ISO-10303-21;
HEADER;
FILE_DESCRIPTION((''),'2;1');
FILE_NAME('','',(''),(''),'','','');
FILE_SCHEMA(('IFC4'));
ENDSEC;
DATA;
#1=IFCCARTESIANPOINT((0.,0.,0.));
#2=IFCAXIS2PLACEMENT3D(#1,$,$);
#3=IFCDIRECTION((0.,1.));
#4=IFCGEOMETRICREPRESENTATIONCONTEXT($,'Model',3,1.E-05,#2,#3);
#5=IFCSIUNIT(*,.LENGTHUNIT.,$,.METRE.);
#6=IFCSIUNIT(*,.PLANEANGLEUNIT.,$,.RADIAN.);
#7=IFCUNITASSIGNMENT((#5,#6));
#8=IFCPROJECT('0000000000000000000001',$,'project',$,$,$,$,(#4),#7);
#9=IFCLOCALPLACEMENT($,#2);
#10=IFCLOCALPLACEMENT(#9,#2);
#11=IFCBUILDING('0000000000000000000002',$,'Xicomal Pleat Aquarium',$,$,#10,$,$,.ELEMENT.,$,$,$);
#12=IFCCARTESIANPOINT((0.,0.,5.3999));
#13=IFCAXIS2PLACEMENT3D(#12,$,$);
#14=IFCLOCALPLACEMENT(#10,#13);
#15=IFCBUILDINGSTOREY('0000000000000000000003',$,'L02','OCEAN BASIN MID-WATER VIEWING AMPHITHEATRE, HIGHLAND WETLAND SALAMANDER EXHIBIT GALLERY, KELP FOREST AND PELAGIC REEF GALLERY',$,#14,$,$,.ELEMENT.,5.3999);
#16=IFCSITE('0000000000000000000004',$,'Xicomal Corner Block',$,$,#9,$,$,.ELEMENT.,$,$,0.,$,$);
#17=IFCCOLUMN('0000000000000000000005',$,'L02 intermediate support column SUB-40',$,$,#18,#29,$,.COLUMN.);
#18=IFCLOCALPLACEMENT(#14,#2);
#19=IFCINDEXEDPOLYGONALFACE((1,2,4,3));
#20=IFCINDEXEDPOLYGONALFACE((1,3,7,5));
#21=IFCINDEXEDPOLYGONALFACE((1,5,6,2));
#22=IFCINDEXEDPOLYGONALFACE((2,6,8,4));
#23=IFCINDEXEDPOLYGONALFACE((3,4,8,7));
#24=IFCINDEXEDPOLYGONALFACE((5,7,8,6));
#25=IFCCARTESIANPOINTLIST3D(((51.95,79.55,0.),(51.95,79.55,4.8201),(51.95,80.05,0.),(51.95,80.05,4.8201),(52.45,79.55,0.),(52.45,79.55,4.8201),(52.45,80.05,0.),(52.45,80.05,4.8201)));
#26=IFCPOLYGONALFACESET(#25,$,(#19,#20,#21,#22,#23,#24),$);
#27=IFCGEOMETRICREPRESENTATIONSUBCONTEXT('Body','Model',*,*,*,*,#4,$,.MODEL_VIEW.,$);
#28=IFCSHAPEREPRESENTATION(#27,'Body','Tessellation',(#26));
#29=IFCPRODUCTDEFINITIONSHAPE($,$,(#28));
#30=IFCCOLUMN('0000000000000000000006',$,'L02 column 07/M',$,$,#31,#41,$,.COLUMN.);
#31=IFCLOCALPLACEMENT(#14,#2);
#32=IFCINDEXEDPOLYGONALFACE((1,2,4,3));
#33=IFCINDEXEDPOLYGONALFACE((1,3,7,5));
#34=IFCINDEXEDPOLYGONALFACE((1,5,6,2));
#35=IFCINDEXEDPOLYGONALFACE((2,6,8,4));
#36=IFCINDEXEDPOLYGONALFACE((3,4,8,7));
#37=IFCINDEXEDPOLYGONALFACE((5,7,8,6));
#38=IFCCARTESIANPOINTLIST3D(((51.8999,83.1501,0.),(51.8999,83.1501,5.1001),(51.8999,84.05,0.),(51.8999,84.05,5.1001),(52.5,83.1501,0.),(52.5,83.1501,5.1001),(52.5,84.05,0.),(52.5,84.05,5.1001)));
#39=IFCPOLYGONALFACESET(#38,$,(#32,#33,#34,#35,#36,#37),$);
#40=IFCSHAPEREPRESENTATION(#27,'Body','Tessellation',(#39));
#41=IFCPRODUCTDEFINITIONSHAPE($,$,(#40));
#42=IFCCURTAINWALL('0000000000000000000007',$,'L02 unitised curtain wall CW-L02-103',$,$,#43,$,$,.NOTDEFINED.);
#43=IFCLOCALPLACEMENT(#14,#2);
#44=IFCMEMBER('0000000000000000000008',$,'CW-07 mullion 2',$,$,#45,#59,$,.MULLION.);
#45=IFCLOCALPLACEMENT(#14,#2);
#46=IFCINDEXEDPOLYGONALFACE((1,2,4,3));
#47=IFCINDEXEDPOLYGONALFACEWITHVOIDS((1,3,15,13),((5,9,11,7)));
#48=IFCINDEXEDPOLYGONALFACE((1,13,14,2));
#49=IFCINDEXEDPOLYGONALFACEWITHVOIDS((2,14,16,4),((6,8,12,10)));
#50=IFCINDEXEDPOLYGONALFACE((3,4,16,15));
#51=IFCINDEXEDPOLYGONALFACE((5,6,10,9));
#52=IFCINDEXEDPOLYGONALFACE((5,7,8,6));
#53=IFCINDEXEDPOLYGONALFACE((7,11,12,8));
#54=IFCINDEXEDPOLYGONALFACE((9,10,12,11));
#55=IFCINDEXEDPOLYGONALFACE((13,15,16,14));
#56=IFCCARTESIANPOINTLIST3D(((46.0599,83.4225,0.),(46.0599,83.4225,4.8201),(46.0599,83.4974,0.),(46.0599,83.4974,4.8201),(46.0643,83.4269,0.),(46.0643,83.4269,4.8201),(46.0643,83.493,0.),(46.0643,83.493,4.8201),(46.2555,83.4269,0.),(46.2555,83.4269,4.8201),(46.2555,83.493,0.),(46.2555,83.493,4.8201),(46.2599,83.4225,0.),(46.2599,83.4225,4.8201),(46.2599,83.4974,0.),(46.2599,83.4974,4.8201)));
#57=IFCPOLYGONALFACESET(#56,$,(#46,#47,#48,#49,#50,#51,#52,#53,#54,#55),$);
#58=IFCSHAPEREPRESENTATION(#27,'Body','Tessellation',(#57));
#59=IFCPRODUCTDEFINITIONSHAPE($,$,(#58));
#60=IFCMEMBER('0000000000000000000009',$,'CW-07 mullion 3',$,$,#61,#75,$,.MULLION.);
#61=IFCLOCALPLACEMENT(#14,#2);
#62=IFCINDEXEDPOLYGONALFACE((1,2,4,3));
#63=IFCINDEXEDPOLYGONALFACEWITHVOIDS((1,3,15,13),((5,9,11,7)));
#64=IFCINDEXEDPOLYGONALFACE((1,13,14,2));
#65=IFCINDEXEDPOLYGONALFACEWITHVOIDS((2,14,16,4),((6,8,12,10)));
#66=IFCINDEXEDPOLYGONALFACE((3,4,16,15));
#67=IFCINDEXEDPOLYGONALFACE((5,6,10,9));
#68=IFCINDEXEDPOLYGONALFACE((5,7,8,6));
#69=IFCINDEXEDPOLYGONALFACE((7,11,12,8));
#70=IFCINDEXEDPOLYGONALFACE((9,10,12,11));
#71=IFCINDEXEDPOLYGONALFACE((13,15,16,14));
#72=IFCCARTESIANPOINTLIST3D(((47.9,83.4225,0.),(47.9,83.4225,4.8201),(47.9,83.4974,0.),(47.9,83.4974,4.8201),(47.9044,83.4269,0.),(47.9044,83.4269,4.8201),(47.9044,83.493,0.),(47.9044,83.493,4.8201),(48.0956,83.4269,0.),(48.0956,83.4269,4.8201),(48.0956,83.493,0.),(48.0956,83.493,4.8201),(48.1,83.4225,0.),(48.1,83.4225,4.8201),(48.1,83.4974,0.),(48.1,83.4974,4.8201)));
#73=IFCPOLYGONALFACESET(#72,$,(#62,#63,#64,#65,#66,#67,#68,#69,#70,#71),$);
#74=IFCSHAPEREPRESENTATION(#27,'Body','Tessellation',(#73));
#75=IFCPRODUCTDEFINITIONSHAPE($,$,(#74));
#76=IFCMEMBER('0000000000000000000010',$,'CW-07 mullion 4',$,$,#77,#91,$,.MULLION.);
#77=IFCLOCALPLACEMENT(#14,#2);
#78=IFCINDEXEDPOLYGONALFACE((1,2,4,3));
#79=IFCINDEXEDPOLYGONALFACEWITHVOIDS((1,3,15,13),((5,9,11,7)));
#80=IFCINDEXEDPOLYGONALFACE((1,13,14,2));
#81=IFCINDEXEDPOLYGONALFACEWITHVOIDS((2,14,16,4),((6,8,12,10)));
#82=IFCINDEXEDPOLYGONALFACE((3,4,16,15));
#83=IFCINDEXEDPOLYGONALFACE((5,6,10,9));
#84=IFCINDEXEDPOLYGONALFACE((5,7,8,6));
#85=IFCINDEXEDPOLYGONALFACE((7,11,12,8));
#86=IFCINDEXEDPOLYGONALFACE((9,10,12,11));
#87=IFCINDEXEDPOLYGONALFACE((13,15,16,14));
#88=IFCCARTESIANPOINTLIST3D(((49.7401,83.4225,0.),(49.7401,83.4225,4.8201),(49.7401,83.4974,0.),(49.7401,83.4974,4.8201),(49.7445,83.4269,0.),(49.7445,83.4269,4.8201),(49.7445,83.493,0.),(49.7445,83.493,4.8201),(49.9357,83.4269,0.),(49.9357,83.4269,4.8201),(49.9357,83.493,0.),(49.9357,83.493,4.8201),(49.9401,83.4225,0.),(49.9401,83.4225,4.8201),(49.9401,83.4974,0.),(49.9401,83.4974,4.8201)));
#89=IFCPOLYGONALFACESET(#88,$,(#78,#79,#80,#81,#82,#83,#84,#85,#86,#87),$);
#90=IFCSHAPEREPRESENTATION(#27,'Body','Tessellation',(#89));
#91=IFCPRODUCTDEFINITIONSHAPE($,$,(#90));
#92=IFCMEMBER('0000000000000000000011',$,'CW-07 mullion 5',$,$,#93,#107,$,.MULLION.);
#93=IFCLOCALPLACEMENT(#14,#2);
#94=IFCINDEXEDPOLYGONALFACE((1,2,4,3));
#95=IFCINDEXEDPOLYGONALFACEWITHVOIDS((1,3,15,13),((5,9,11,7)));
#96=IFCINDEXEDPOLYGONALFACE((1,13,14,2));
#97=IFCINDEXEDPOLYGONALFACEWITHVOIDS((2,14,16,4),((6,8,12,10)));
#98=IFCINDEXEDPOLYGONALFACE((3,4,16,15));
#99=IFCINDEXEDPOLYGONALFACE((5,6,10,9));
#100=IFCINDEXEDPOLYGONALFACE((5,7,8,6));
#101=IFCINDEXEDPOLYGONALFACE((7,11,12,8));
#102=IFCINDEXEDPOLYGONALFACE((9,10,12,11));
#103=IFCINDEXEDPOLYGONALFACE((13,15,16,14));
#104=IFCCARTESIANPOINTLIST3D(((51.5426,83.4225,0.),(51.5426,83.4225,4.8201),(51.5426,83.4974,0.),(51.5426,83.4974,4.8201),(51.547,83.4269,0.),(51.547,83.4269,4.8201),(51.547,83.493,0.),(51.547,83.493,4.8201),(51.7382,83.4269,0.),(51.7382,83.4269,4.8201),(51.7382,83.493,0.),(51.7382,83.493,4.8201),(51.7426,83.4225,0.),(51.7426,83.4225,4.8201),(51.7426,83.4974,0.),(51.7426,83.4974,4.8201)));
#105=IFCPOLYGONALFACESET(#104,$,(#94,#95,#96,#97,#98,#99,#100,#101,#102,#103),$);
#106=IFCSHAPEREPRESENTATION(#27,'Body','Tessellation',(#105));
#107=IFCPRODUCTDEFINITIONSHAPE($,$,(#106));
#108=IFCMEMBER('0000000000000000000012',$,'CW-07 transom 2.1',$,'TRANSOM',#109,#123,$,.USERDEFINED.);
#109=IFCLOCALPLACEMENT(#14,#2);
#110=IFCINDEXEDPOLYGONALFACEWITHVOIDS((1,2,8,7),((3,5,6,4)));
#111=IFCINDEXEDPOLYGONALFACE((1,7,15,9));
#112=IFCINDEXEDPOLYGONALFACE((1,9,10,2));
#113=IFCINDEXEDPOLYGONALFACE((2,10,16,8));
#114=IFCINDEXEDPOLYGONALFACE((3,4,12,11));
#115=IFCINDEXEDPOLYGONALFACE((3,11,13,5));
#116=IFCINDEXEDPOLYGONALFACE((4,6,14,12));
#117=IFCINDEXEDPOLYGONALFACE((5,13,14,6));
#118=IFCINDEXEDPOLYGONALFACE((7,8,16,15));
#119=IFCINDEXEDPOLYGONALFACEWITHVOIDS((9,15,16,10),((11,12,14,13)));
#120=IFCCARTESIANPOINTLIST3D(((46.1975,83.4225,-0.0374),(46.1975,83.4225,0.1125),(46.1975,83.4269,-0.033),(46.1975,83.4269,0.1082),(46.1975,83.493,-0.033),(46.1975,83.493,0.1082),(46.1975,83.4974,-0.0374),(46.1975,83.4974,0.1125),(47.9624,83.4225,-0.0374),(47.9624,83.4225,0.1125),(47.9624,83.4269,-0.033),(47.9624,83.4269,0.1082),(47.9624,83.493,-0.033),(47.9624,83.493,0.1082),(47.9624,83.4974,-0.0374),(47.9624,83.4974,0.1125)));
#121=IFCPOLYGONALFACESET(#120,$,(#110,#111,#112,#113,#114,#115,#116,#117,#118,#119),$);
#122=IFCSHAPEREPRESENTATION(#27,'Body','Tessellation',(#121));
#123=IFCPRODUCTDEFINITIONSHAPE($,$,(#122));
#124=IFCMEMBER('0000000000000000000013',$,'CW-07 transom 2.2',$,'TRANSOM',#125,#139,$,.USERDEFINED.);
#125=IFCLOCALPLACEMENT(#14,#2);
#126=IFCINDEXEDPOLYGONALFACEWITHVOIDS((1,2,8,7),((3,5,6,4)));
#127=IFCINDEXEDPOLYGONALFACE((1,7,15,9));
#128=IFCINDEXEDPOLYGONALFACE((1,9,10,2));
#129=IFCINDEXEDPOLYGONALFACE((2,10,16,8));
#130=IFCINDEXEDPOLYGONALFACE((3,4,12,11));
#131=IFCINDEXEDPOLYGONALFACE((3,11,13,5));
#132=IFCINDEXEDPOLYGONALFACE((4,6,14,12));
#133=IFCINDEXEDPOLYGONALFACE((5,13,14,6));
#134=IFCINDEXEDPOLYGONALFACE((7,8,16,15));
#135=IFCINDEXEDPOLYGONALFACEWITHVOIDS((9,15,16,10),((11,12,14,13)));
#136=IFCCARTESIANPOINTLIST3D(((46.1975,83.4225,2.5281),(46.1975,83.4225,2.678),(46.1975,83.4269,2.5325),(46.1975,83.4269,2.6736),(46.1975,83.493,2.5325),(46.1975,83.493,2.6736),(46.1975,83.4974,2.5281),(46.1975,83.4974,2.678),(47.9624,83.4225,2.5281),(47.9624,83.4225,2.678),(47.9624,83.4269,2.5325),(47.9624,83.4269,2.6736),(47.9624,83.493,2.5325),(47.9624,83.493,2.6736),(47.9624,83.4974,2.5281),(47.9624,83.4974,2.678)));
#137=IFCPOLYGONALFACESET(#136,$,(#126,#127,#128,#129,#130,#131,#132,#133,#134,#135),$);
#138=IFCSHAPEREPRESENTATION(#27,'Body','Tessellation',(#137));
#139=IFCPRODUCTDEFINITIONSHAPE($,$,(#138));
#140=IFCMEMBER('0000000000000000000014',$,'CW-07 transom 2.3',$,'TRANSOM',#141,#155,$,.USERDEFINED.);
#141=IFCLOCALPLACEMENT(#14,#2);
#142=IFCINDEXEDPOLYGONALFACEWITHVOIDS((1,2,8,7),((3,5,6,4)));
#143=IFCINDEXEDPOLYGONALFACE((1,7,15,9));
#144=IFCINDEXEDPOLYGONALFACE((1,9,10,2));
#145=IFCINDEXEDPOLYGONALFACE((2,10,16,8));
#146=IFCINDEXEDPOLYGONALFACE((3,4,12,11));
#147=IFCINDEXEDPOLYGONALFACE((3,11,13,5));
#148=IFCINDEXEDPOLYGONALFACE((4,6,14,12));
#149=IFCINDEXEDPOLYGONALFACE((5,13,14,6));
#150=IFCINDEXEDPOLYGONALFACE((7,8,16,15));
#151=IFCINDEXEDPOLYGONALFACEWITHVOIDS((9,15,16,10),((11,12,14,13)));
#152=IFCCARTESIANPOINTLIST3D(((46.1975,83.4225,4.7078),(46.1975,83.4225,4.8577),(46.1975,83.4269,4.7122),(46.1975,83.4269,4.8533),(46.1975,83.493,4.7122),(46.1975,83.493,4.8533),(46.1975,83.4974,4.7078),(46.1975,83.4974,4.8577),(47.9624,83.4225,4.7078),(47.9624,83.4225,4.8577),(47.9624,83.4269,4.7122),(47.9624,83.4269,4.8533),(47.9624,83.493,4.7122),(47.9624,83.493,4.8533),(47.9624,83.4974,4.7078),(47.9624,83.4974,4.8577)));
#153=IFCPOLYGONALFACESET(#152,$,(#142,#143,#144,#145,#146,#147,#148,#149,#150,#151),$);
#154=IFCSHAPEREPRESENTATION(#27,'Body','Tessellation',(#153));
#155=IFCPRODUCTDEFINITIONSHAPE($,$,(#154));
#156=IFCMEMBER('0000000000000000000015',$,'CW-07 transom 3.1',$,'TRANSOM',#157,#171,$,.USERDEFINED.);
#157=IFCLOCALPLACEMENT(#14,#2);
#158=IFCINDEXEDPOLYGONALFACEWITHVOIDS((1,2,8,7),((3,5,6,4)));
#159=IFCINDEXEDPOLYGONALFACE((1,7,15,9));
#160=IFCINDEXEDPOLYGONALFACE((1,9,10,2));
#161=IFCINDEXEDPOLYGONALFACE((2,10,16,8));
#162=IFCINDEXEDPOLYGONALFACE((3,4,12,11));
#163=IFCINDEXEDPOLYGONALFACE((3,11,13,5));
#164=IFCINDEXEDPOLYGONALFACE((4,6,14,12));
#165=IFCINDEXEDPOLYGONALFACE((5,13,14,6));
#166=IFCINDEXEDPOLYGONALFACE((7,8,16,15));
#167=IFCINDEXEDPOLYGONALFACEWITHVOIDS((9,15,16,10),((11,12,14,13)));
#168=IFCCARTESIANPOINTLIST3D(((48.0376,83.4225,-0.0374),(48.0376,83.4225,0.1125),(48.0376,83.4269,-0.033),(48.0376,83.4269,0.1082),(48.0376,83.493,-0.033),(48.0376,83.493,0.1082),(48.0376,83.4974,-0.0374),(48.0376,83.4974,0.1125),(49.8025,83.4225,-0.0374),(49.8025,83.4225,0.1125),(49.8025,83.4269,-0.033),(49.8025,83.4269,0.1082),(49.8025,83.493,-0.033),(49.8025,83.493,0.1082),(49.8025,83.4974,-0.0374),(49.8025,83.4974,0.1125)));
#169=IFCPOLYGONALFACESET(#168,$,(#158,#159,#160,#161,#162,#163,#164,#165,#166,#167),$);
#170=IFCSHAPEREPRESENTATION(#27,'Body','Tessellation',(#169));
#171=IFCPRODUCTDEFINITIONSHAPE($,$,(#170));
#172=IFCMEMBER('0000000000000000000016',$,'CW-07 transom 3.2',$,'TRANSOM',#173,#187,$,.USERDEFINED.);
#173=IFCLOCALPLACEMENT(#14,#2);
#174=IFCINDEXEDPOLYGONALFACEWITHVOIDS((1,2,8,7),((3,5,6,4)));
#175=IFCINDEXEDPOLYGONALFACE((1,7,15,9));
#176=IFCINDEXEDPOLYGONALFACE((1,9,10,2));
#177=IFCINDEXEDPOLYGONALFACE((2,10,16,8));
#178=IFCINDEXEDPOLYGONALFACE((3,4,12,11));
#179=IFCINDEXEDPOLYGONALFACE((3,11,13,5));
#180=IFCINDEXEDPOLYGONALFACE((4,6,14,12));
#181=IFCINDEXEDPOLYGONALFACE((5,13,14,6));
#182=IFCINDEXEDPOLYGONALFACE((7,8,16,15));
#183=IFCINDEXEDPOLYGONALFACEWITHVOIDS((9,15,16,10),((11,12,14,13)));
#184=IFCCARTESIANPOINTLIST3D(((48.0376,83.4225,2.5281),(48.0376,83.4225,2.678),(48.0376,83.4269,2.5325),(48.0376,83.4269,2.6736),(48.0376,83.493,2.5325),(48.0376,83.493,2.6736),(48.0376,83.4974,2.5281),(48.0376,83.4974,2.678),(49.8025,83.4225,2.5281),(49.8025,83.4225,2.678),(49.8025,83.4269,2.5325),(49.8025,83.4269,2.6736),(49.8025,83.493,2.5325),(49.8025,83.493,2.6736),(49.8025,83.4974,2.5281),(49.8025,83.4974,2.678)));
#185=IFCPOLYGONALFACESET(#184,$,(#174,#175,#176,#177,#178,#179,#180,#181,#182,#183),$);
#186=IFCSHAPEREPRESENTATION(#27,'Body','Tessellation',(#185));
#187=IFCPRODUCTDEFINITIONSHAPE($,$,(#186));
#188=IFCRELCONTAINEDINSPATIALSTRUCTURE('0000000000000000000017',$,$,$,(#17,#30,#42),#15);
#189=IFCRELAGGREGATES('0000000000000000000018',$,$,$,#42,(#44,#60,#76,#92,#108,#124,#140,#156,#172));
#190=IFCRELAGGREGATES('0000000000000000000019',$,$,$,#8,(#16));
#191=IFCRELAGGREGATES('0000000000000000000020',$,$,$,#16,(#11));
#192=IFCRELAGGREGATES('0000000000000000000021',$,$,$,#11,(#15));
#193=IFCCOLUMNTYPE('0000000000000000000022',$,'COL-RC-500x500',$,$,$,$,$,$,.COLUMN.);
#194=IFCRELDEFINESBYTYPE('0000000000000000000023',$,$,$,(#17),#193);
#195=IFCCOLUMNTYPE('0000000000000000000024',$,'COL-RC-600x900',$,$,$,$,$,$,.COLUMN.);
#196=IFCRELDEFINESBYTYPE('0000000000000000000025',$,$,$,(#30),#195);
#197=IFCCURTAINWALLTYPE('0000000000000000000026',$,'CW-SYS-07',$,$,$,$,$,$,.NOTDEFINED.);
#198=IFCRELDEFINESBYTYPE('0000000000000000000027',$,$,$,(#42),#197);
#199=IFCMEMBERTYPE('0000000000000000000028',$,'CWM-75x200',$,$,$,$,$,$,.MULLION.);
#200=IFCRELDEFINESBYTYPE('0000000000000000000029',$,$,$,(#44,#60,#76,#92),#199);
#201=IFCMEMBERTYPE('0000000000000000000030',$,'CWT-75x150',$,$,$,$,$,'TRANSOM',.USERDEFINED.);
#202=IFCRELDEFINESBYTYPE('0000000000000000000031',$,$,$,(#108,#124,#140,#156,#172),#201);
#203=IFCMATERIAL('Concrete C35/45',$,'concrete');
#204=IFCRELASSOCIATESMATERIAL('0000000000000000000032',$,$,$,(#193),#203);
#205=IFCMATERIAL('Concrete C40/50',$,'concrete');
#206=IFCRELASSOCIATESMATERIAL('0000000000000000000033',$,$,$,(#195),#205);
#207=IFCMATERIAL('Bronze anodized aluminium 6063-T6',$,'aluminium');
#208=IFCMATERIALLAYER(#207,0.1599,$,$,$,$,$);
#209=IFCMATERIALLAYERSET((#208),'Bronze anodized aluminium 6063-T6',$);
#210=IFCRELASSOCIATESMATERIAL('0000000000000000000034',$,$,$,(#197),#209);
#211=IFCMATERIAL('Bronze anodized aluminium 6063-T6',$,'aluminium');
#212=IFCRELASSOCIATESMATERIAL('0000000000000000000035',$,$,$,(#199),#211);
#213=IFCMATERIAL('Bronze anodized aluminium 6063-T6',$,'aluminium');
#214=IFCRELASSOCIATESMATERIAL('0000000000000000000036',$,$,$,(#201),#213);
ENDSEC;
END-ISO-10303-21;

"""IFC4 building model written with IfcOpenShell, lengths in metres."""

from ifc_helpers import new_model, si_unit, direction, frame, origin, origin_2d, place, context, subcontext, project, spatial, rectangle, hollow_rectangle, extrude, material, layer, layer_set, material_profile, profile_set, type_object, element, aggregate, save


model = new_model("IFC4")

# Units and contexts
model_context = context("Model", 3, precision=1e-05, world=origin(), true_north=direction((0.0, 1.0)))
body_context = subcontext(model_context, "Body", "Model", "MODEL_VIEW")
ifc_project = project(units=[si_unit("LENGTHUNIT", "METRE"), si_unit("PLANEANGLEUNIT", "RADIAN")], contexts=[model_context])

# Site, building, storey
site_placement = place(None, origin())
site = spatial("IfcSite", under=ifc_project, at=site_placement, Name="Xicomal Corner Block", CompositionType="ELEMENT", RefElevation=0.0)
building_placement = place(site_placement, origin())
building = spatial("IfcBuilding", under=site, at=building_placement, Name="Xicomal Pleat Aquarium", CompositionType="ELEMENT")
storey_placement = place(building_placement, frame((0.0, 0.0, 5.3999)))
storey = spatial("IfcBuildingStorey", under=building, at=storey_placement, Name="L02", Description="OCEAN BASIN MID-WATER VIEWING AMPHITHEATRE, HIGHLAND WETLAND SALAMANDER EXHIBIT GALLERY, KELP FOREST AND PELAGIC REEF GALLERY", CompositionType="ELEMENT", Elevation=5.3999)

# Columns
ifc_material_1 = material(Name="Concrete C35/45", Category="concrete")
ifc_material_profile_1 = material_profile(ifc_material_1, rectangle(XDim=0.5, YDim=0.5, at=origin_2d()), Name="RC 500x500")
ifc_profile_set_1 = profile_set([ifc_material_profile_1], Name="Concrete C35/45")
column_type_1 = type_object("IfcColumnType", Name="COL-RC-500x500", PredefinedType="COLUMN", material=ifc_profile_set_1)
column_1_placement = place(storey_placement, frame((52.2, 79.8, 0.0), z_axis=(0.0, 0.0, 1.0), x_axis=(1.0, 0.0, 0.0)))
element("IfcColumn", 1, at=column_1_placement, inside=storey, type_object=column_type_1, Name="L02 intermediate support column SUB-40", PredefinedType="COLUMN", context=body_context, shape_type="SweptSolid", body=[
    extrude(rectangle(XDim=0.5, YDim=0.5, at=origin_2d()), origin(), (0.0, 0.0, 1.0), 4.8201),
])
ifc_material_2 = material(Name="Concrete C40/50", Category="concrete")
ifc_material_profile_2 = material_profile(ifc_material_2, rectangle(XDim=0.6001, YDim=0.8999, at=origin_2d()), Name="RC 600x900")
ifc_profile_set_2 = profile_set([ifc_material_profile_2], Name="Concrete C40/50")
column_type_2 = type_object("IfcColumnType", Name="COL-RC-600x900", PredefinedType="COLUMN", material=ifc_profile_set_2)
column_2_placement = place(storey_placement, frame((52.2, 83.6001, 0.0), z_axis=(0.0, 0.0, 1.0), x_axis=(1.0, 0.0, 0.0)))
element("IfcColumn", 2, at=column_2_placement, inside=storey, type_object=column_type_2, Name="L02 column 07/M", PredefinedType="COLUMN", context=body_context, shape_type="SweptSolid", body=[
    extrude(rectangle(XDim=0.6001, YDim=0.8999, at=origin_2d()), origin(), (0.0, 0.0, 1.0), 5.1001),
])

# Curtain wall, members
ifc_material_3 = material(Name="Bronze anodized aluminium 6063-T6", Category="aluminium")
ifc_layer_1 = layer(ifc_material_3, 0.1599)
ifc_layer_set_1 = layer_set([ifc_layer_1], Name="Bronze anodized aluminium 6063-T6")
curtain_wall_type = type_object("IfcCurtainWallType", Name="CW-SYS-07", PredefinedType="NOTDEFINED", material=ifc_layer_set_1)
curtain_wall_placement = place(storey_placement, origin())
curtain_wall = element("IfcCurtainWall", 3, at=curtain_wall_placement, inside=storey, type_object=curtain_wall_type, Name="L02 unitised curtain wall CW-L02-103", PredefinedType="NOTDEFINED")
ifc_material_4 = material(Name="Bronze anodized aluminium 6063-T6", Category="aluminium")
ifc_material_profile_3 = material_profile(ifc_material_4, hollow_rectangle(XDim=0.075, YDim=0.2, WallThickness=0.0044, at=origin_2d()), Name="ALU MULL 75x200")
ifc_profile_set_3 = profile_set([ifc_material_profile_3], Name="Bronze anodized aluminium 6063-T6")
member_type_1 = type_object("IfcMemberType", Name="CWM-75x200", PredefinedType="MULLION", material=ifc_profile_set_3)
member_1_placement = place(storey_placement, frame((46.1599, 83.46, 0.0), z_axis=(0.0, 0.0, 1.0), x_axis=(0.0, 1.0, 0.0)))
member_1 = element("IfcMember", 4, at=member_1_placement, type_object=member_type_1, Name="CW-07 mullion 2", PredefinedType="MULLION", context=body_context, shape_type="SweptSolid", body=[
    extrude(hollow_rectangle(XDim=0.075, YDim=0.2, WallThickness=0.0044, at=origin_2d()), origin(), (0.0, 0.0, 1.0), 4.8201),
])
member_2_placement = place(storey_placement, frame((48.0, 83.46, 0.0), z_axis=(0.0, 0.0, 1.0), x_axis=(0.0, 1.0, 0.0)))
member_2 = element("IfcMember", 5, at=member_2_placement, type_object=member_type_1, Name="CW-07 mullion 3", PredefinedType="MULLION", context=body_context, shape_type="SweptSolid", body=[
    extrude(hollow_rectangle(XDim=0.075, YDim=0.2, WallThickness=0.0044, at=origin_2d()), origin(), (0.0, 0.0, 1.0), 4.8201),
])
member_3_placement = place(storey_placement, frame((49.8401, 83.46, 0.0), z_axis=(0.0, 0.0, 1.0), x_axis=(0.0, 1.0, 0.0)))
member_3 = element("IfcMember", 6, at=member_3_placement, type_object=member_type_1, Name="CW-07 mullion 4", PredefinedType="MULLION", context=body_context, shape_type="SweptSolid", body=[
    extrude(hollow_rectangle(XDim=0.075, YDim=0.2, WallThickness=0.0044, at=origin_2d()), origin(), (0.0, 0.0, 1.0), 4.8201),
])
member_4_placement = place(storey_placement, frame((51.6426, 83.46, 0.0), z_axis=(0.0, 0.0, 1.0), x_axis=(0.0, 1.0, 0.0)))
member_4 = element("IfcMember", 7, at=member_4_placement, type_object=member_type_1, Name="CW-07 mullion 5", PredefinedType="MULLION", context=body_context, shape_type="SweptSolid", body=[
    extrude(hollow_rectangle(XDim=0.075, YDim=0.2, WallThickness=0.0044, at=origin_2d()), origin(), (0.0, 0.0, 1.0), 4.8201),
])
ifc_material_5 = material(Name="Bronze anodized aluminium 6063-T6", Category="aluminium")
ifc_material_profile_4 = material_profile(ifc_material_5, hollow_rectangle(XDim=0.075, YDim=0.1499, WallThickness=0.0044, at=origin_2d()), Name="ALU TRAN 75x150")
ifc_profile_set_4 = profile_set([ifc_material_profile_4], Name="Bronze anodized aluminium 6063-T6")
member_type_2 = type_object("IfcMemberType", Name="CWT-75x150", ElementType="TRANSOM", PredefinedType="USERDEFINED", material=ifc_profile_set_4)
member_5_placement = place(storey_placement, frame((46.1975, 83.46, 0.0376), z_axis=(1.0, 0.0, 0.0), x_axis=(0.0, 1.0, 0.0)))
member_5 = element("IfcMember", 8, at=member_5_placement, type_object=member_type_2, Name="CW-07 transom 2.1", ObjectType="TRANSOM", PredefinedType="USERDEFINED", context=body_context, shape_type="SweptSolid", body=[
    extrude(hollow_rectangle(XDim=0.075, YDim=0.1499, WallThickness=0.0044, at=origin_2d()), origin(), (0.0, 0.0, 1.0), 1.7649),
])
member_6_placement = place(storey_placement, frame((46.1975, 83.46, 2.603), z_axis=(1.0, 0.0, 0.0), x_axis=(0.0, 1.0, 0.0)))
member_6 = element("IfcMember", 9, at=member_6_placement, type_object=member_type_2, Name="CW-07 transom 2.2", ObjectType="TRANSOM", PredefinedType="USERDEFINED", context=body_context, shape_type="SweptSolid", body=[
    extrude(hollow_rectangle(XDim=0.075, YDim=0.1499, WallThickness=0.0044, at=origin_2d()), origin(), (0.0, 0.0, 1.0), 1.7649),
])
member_7_placement = place(storey_placement, frame((46.1975, 83.46, 4.7827), z_axis=(1.0, 0.0, 0.0), x_axis=(0.0, 1.0, 0.0)))
member_7 = element("IfcMember", 10, at=member_7_placement, type_object=member_type_2, Name="CW-07 transom 2.3", ObjectType="TRANSOM", PredefinedType="USERDEFINED", context=body_context, shape_type="SweptSolid", body=[
    extrude(hollow_rectangle(XDim=0.075, YDim=0.1499, WallThickness=0.0044, at=origin_2d()), origin(), (0.0, 0.0, 1.0), 1.7649),
])
member_8_placement = place(storey_placement, frame((48.0376, 83.46, 0.0376), z_axis=(1.0, 0.0, 0.0), x_axis=(0.0, 1.0, 0.0)))
member_8 = element("IfcMember", 11, at=member_8_placement, type_object=member_type_2, Name="CW-07 transom 3.1", ObjectType="TRANSOM", PredefinedType="USERDEFINED", context=body_context, shape_type="SweptSolid", body=[
    extrude(hollow_rectangle(XDim=0.075, YDim=0.1499, WallThickness=0.0044, at=origin_2d()), origin(), (0.0, 0.0, 1.0), 1.7649),
])
member_9_placement = place(storey_placement, frame((48.0376, 83.46, 2.603), z_axis=(1.0, 0.0, 0.0), x_axis=(0.0, 1.0, 0.0)))
member_9 = element("IfcMember", 12, at=member_9_placement, type_object=member_type_2, Name="CW-07 transom 3.2", ObjectType="TRANSOM", PredefinedType="USERDEFINED", context=body_context, shape_type="SweptSolid", body=[
    extrude(hollow_rectangle(XDim=0.075, YDim=0.1499, WallThickness=0.0044, at=origin_2d()), origin(), (0.0, 0.0, 1.0), 1.7649),
])
aggregate(curtain_wall, [member_1, member_2, member_3, member_4, member_5, member_6, member_7, member_8, member_9])

save(model, "model.ifc")
